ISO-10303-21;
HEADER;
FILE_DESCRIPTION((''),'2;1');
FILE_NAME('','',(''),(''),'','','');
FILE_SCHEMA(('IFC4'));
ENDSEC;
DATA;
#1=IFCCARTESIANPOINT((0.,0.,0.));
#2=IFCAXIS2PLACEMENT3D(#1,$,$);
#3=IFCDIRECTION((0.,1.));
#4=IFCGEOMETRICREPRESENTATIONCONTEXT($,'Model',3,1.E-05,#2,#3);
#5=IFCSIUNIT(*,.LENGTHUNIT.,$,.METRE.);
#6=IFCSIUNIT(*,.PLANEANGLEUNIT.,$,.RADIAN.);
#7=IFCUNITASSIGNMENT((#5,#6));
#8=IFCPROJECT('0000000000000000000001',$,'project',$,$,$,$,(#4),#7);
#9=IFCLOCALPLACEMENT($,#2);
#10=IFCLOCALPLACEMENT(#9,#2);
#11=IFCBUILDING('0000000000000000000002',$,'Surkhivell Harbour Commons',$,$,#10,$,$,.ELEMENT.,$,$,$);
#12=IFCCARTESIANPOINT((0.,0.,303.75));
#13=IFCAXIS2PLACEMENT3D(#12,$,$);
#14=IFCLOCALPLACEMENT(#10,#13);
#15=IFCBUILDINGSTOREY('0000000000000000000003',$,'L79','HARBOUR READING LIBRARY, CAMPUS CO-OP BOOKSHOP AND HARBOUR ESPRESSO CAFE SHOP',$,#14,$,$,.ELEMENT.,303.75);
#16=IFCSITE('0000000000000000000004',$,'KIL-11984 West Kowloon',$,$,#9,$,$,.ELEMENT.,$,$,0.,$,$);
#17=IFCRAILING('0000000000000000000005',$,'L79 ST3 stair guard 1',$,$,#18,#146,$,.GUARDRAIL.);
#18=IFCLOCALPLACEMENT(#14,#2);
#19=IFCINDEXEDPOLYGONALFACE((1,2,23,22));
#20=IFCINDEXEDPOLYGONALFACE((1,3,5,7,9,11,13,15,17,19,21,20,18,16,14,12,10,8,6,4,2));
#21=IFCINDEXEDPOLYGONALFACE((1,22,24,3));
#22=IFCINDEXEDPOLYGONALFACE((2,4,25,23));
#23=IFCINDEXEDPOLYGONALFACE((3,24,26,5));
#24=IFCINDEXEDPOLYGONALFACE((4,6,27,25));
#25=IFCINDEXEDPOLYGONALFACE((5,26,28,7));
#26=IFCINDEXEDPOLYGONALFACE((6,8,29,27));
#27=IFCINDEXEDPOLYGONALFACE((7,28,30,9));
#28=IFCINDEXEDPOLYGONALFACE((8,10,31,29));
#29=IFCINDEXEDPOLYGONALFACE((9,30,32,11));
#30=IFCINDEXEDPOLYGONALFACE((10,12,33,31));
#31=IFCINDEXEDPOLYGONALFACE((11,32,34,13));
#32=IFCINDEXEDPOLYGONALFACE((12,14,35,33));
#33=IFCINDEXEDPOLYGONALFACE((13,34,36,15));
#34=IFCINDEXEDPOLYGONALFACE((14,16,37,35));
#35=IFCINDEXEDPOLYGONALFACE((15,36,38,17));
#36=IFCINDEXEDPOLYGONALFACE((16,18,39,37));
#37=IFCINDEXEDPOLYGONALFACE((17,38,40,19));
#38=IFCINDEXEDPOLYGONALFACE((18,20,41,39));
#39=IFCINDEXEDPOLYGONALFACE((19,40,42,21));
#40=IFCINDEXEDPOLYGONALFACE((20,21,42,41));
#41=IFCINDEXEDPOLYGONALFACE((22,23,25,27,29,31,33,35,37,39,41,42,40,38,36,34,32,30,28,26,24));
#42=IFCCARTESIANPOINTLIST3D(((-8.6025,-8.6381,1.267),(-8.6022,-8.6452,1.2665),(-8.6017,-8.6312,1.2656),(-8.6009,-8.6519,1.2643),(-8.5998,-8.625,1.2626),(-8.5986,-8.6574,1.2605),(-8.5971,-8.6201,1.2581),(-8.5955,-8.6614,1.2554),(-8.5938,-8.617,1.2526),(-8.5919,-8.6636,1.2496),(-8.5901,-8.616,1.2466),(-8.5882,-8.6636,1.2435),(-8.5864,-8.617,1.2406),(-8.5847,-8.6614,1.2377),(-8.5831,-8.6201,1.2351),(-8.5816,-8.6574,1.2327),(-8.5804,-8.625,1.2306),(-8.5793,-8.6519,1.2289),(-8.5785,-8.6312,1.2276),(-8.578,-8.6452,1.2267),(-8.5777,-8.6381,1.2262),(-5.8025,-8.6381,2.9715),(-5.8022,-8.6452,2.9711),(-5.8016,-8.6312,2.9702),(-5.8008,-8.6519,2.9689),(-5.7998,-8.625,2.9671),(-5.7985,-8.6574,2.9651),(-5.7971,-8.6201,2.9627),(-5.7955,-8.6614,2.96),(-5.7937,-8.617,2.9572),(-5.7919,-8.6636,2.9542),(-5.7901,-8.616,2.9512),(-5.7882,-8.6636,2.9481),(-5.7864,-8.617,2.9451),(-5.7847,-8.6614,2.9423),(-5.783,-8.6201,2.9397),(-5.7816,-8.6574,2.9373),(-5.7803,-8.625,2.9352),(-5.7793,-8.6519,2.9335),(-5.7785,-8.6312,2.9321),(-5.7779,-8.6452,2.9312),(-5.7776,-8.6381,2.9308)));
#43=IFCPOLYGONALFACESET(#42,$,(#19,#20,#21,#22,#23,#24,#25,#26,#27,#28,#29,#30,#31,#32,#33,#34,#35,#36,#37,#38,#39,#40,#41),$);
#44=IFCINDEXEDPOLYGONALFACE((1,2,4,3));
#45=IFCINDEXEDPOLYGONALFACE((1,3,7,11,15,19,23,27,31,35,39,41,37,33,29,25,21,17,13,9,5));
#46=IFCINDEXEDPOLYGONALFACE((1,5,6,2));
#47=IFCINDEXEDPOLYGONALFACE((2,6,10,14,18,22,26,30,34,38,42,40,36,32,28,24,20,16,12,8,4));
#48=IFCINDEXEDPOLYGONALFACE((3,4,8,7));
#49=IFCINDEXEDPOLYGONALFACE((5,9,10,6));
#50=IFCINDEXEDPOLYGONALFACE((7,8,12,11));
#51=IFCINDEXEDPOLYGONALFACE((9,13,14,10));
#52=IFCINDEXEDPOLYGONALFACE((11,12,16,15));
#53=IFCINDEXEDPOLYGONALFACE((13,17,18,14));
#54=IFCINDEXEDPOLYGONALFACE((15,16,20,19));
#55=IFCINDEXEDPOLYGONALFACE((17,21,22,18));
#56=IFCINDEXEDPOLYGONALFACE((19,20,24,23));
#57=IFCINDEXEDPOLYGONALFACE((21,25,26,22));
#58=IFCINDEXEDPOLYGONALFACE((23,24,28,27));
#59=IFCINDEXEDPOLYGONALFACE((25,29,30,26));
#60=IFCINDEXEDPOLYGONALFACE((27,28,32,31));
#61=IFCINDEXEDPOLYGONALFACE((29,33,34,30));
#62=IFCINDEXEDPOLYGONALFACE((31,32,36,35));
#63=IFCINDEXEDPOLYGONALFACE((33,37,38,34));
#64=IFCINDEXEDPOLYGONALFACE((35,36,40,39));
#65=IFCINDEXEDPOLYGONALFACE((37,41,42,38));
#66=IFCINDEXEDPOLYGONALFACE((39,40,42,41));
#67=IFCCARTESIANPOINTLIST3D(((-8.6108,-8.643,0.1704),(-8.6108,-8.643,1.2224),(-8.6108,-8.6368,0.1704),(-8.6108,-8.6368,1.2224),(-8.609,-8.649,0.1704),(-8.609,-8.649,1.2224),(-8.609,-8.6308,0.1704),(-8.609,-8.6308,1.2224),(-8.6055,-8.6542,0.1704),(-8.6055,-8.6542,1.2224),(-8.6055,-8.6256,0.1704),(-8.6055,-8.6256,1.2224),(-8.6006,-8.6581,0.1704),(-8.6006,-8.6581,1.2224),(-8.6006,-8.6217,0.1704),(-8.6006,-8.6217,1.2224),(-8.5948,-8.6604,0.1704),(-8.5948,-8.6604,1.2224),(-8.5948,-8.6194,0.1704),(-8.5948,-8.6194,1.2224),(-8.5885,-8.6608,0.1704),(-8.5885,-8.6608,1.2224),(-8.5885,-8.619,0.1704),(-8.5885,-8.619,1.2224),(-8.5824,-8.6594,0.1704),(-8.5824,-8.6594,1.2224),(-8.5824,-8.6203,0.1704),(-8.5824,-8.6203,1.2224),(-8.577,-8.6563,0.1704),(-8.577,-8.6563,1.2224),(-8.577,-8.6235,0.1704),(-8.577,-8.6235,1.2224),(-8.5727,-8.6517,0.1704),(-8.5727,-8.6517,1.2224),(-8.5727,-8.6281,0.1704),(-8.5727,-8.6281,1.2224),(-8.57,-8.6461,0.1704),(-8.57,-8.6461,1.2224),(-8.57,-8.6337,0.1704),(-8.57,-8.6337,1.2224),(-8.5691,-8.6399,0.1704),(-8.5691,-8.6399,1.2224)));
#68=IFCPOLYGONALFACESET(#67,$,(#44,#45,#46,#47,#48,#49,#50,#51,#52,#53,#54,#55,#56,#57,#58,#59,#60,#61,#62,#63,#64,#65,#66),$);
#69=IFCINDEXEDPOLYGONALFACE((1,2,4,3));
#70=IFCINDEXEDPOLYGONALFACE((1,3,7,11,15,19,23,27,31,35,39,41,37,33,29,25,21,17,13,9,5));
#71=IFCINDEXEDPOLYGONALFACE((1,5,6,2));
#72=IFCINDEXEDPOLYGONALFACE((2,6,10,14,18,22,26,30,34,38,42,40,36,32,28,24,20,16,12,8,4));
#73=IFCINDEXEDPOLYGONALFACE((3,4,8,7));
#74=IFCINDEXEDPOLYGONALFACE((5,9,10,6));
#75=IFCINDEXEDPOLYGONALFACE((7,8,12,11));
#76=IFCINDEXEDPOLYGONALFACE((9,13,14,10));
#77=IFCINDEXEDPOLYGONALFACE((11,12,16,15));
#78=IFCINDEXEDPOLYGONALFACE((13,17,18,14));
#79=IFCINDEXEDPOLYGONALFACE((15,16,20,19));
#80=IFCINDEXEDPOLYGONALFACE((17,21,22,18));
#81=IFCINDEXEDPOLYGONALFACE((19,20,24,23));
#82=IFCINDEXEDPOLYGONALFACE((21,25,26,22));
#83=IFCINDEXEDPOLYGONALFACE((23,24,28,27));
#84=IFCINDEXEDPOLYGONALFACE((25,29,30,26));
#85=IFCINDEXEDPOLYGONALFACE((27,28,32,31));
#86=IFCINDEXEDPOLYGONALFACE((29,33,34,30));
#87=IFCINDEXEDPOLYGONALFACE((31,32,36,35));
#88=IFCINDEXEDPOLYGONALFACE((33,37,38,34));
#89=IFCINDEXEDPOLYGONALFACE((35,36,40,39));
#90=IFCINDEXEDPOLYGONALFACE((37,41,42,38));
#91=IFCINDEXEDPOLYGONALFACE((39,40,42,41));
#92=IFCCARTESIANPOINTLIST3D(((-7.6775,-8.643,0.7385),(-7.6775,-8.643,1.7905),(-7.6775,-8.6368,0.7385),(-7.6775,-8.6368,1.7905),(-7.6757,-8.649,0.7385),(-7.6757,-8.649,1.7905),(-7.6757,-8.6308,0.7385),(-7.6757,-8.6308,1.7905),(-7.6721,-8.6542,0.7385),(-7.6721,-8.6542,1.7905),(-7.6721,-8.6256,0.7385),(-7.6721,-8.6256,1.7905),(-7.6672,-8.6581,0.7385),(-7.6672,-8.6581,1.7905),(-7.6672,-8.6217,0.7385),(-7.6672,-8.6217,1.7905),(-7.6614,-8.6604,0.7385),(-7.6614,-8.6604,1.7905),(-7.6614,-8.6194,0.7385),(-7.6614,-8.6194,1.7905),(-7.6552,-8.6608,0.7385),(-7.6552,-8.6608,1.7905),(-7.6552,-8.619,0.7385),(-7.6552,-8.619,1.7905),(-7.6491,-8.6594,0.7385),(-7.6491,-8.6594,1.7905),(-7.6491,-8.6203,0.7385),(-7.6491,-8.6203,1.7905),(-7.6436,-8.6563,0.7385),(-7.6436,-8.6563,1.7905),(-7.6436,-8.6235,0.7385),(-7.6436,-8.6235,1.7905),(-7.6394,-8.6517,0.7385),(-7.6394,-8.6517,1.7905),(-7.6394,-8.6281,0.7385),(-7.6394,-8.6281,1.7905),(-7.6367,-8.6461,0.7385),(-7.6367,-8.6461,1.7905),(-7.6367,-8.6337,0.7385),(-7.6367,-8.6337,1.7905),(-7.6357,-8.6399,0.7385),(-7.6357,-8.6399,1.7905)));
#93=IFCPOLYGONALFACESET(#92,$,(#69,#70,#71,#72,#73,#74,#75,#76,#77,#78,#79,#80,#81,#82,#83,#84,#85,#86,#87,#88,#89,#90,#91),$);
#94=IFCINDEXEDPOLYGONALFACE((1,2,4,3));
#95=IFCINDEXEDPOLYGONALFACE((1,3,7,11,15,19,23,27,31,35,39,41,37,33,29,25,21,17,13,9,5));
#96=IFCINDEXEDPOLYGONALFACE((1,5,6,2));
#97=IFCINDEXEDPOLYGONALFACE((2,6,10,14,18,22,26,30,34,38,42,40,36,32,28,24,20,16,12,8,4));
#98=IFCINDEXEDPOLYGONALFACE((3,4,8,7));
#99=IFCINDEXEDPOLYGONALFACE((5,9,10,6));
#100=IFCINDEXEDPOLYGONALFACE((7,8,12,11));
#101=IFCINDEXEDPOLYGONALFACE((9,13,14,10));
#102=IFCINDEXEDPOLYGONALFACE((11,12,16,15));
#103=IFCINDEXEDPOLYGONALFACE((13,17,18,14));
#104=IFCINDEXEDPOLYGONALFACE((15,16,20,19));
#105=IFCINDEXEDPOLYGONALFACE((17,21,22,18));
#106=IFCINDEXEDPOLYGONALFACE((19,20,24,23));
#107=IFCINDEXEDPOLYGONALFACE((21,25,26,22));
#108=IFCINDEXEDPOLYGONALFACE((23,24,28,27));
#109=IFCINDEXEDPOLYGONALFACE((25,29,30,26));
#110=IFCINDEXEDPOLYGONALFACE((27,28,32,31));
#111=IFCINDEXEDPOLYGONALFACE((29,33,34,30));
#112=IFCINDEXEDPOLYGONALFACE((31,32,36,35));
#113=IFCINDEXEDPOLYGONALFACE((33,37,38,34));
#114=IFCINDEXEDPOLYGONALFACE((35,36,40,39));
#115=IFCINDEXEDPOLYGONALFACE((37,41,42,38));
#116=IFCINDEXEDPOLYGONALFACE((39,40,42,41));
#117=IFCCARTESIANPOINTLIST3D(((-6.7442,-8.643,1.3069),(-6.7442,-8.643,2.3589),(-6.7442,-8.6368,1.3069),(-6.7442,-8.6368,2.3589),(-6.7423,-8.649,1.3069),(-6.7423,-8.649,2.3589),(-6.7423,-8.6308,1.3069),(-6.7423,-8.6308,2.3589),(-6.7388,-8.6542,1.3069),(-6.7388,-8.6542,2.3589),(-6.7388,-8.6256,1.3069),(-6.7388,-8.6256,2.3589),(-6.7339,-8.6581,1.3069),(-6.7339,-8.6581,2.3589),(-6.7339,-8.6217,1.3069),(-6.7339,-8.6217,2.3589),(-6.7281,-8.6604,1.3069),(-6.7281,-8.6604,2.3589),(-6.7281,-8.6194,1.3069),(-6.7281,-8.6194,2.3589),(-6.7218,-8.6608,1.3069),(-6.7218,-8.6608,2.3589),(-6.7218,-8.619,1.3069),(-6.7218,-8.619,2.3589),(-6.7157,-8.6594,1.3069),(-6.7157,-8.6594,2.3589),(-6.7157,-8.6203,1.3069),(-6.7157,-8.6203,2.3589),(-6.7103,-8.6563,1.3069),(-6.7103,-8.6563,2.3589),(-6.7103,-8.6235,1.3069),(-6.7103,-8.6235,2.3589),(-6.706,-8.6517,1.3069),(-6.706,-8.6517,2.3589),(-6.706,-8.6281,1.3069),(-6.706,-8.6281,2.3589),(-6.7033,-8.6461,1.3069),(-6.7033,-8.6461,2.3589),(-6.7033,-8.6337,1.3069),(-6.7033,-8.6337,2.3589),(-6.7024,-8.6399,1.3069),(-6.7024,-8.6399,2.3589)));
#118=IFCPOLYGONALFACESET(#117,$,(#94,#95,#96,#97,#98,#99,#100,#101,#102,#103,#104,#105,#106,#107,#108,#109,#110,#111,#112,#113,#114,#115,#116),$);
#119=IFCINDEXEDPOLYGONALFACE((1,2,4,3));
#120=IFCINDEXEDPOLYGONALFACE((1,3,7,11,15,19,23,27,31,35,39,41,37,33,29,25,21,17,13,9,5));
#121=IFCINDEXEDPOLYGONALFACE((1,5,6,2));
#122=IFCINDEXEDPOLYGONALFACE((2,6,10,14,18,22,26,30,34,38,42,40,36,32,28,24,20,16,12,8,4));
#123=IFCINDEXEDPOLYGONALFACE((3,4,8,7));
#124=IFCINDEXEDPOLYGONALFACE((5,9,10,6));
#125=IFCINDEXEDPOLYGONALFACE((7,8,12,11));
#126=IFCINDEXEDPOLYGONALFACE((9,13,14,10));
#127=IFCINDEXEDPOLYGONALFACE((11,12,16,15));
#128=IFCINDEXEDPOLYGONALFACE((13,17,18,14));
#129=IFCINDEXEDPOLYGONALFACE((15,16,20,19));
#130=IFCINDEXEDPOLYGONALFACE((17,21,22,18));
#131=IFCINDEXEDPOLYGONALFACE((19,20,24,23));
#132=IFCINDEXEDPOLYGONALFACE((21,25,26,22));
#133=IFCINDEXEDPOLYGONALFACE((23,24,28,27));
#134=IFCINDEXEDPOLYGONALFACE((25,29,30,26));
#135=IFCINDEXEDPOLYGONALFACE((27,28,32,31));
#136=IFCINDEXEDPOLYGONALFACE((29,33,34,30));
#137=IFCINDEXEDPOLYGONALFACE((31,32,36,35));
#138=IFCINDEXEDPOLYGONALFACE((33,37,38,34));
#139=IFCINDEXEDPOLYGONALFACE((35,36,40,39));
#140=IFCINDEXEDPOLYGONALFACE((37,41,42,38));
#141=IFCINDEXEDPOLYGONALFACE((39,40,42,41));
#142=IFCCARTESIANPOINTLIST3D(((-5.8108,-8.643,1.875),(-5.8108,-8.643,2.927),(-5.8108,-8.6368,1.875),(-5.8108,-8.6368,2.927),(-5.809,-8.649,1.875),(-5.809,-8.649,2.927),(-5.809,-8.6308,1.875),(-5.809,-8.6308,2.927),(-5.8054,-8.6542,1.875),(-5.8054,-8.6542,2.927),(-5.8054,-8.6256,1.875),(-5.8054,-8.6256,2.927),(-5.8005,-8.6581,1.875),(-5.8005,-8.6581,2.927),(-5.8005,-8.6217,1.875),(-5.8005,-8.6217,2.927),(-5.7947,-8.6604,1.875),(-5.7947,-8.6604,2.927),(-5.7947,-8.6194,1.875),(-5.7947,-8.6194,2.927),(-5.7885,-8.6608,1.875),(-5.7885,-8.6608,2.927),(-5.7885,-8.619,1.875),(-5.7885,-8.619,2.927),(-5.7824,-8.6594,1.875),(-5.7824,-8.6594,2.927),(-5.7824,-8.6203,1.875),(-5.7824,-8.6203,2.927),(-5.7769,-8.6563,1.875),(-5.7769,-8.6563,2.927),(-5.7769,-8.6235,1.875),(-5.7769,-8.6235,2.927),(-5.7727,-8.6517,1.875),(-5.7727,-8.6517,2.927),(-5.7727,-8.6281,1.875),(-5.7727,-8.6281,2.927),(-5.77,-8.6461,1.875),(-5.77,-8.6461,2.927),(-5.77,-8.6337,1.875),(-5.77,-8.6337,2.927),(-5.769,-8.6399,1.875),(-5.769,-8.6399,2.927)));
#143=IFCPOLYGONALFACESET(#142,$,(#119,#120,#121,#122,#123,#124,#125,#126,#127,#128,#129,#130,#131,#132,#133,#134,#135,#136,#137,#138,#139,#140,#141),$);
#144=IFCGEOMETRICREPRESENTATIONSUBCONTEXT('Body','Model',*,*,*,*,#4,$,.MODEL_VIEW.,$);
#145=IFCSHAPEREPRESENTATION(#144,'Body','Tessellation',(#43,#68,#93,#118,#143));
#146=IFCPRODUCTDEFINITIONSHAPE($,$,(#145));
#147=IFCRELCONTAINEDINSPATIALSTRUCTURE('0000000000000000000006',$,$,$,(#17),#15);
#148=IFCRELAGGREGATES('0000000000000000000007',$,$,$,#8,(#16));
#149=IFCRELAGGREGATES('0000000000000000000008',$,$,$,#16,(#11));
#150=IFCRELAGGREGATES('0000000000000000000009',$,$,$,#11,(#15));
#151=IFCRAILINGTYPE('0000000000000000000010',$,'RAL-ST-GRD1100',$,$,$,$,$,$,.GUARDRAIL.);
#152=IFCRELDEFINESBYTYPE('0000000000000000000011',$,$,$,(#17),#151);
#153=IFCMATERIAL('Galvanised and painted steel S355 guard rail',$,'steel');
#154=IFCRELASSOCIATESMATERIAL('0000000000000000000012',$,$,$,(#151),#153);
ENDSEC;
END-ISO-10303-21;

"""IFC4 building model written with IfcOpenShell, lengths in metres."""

from ifc_helpers import new_model, si_unit, direction, frame, origin, origin_2d, place, context, subcontext, project, spatial, circle, extrude, material, type_object, element, save


model = new_model("IFC4")

# Units and contexts
model_context = context("Model", 3, precision=1e-05, world=origin(), true_north=direction((0.0, 1.0)))
body_context = subcontext(model_context, "Body", "Model", "MODEL_VIEW")
ifc_project = project(units=[si_unit("LENGTHUNIT", "METRE"), si_unit("PLANEANGLEUNIT", "RADIAN")], contexts=[model_context])

# Site, building, storey
site_placement = place(None, origin())
site = spatial("IfcSite", under=ifc_project, at=site_placement, Name="KIL-11984 West Kowloon", CompositionType="ELEMENT", RefElevation=0.0)
building_placement = place(site_placement, origin())
building = spatial("IfcBuilding", under=site, at=building_placement, Name="Surkhivell Harbour Commons", CompositionType="ELEMENT")
storey_placement = place(building_placement, frame((0.0, 0.0, 303.75)))
storey = spatial("IfcBuildingStorey", under=building, at=storey_placement, Name="L79", Description="HARBOUR READING LIBRARY, CAMPUS CO-OP BOOKSHOP AND HARBOUR ESPRESSO CAFE SHOP", CompositionType="ELEMENT", Elevation=303.75)

# Railing
ifc_material_1 = material(Name="Galvanised and painted steel S355 guard rail", Category="steel")
railing_type_1 = type_object("IfcRailingType", Name="RAL-ST-GRD1100", PredefinedType="GUARDRAIL", material=ifc_material_1)
railing_1_placement = place(storey_placement, frame((-8.5901, -8.6399, 0.1704)))
element("IfcRailing", 1, at=railing_1_placement, inside=storey, type_object=railing_type_1, Name="L79 ST3 stair guard 1", PredefinedType="GUARDRAIL", context=body_context, shape_type="SweptSolid", body=[
    extrude(circle(Radius=0.0239, at=origin_2d()), frame((0.0, 0.0, 1.0762), z_axis=(0.85417, 0.0, 0.519994), x_axis=(0.0, 1.0, 0.0)), (0.0, 0.0, 1.0), 3.2781),
    extrude(circle(Radius=0.021, at=origin_2d()), origin(), (0.0, 0.0, 1.0), 1.052),
    extrude(circle(Radius=0.021, at=origin_2d()), frame((0.9333, 0.0, 0.5681)), (0.0, 0.0, 1.0), 1.052),
    extrude(circle(Radius=0.021, at=origin_2d()), frame((1.8667, 0.0, 1.1365)), (0.0, 0.0, 1.0), 1.052),
    extrude(circle(Radius=0.021, at=origin_2d()), frame((2.8, 0.0, 1.7046)), (0.0, 0.0, 1.0), 1.052),
])

save(model, "model.ifc")
